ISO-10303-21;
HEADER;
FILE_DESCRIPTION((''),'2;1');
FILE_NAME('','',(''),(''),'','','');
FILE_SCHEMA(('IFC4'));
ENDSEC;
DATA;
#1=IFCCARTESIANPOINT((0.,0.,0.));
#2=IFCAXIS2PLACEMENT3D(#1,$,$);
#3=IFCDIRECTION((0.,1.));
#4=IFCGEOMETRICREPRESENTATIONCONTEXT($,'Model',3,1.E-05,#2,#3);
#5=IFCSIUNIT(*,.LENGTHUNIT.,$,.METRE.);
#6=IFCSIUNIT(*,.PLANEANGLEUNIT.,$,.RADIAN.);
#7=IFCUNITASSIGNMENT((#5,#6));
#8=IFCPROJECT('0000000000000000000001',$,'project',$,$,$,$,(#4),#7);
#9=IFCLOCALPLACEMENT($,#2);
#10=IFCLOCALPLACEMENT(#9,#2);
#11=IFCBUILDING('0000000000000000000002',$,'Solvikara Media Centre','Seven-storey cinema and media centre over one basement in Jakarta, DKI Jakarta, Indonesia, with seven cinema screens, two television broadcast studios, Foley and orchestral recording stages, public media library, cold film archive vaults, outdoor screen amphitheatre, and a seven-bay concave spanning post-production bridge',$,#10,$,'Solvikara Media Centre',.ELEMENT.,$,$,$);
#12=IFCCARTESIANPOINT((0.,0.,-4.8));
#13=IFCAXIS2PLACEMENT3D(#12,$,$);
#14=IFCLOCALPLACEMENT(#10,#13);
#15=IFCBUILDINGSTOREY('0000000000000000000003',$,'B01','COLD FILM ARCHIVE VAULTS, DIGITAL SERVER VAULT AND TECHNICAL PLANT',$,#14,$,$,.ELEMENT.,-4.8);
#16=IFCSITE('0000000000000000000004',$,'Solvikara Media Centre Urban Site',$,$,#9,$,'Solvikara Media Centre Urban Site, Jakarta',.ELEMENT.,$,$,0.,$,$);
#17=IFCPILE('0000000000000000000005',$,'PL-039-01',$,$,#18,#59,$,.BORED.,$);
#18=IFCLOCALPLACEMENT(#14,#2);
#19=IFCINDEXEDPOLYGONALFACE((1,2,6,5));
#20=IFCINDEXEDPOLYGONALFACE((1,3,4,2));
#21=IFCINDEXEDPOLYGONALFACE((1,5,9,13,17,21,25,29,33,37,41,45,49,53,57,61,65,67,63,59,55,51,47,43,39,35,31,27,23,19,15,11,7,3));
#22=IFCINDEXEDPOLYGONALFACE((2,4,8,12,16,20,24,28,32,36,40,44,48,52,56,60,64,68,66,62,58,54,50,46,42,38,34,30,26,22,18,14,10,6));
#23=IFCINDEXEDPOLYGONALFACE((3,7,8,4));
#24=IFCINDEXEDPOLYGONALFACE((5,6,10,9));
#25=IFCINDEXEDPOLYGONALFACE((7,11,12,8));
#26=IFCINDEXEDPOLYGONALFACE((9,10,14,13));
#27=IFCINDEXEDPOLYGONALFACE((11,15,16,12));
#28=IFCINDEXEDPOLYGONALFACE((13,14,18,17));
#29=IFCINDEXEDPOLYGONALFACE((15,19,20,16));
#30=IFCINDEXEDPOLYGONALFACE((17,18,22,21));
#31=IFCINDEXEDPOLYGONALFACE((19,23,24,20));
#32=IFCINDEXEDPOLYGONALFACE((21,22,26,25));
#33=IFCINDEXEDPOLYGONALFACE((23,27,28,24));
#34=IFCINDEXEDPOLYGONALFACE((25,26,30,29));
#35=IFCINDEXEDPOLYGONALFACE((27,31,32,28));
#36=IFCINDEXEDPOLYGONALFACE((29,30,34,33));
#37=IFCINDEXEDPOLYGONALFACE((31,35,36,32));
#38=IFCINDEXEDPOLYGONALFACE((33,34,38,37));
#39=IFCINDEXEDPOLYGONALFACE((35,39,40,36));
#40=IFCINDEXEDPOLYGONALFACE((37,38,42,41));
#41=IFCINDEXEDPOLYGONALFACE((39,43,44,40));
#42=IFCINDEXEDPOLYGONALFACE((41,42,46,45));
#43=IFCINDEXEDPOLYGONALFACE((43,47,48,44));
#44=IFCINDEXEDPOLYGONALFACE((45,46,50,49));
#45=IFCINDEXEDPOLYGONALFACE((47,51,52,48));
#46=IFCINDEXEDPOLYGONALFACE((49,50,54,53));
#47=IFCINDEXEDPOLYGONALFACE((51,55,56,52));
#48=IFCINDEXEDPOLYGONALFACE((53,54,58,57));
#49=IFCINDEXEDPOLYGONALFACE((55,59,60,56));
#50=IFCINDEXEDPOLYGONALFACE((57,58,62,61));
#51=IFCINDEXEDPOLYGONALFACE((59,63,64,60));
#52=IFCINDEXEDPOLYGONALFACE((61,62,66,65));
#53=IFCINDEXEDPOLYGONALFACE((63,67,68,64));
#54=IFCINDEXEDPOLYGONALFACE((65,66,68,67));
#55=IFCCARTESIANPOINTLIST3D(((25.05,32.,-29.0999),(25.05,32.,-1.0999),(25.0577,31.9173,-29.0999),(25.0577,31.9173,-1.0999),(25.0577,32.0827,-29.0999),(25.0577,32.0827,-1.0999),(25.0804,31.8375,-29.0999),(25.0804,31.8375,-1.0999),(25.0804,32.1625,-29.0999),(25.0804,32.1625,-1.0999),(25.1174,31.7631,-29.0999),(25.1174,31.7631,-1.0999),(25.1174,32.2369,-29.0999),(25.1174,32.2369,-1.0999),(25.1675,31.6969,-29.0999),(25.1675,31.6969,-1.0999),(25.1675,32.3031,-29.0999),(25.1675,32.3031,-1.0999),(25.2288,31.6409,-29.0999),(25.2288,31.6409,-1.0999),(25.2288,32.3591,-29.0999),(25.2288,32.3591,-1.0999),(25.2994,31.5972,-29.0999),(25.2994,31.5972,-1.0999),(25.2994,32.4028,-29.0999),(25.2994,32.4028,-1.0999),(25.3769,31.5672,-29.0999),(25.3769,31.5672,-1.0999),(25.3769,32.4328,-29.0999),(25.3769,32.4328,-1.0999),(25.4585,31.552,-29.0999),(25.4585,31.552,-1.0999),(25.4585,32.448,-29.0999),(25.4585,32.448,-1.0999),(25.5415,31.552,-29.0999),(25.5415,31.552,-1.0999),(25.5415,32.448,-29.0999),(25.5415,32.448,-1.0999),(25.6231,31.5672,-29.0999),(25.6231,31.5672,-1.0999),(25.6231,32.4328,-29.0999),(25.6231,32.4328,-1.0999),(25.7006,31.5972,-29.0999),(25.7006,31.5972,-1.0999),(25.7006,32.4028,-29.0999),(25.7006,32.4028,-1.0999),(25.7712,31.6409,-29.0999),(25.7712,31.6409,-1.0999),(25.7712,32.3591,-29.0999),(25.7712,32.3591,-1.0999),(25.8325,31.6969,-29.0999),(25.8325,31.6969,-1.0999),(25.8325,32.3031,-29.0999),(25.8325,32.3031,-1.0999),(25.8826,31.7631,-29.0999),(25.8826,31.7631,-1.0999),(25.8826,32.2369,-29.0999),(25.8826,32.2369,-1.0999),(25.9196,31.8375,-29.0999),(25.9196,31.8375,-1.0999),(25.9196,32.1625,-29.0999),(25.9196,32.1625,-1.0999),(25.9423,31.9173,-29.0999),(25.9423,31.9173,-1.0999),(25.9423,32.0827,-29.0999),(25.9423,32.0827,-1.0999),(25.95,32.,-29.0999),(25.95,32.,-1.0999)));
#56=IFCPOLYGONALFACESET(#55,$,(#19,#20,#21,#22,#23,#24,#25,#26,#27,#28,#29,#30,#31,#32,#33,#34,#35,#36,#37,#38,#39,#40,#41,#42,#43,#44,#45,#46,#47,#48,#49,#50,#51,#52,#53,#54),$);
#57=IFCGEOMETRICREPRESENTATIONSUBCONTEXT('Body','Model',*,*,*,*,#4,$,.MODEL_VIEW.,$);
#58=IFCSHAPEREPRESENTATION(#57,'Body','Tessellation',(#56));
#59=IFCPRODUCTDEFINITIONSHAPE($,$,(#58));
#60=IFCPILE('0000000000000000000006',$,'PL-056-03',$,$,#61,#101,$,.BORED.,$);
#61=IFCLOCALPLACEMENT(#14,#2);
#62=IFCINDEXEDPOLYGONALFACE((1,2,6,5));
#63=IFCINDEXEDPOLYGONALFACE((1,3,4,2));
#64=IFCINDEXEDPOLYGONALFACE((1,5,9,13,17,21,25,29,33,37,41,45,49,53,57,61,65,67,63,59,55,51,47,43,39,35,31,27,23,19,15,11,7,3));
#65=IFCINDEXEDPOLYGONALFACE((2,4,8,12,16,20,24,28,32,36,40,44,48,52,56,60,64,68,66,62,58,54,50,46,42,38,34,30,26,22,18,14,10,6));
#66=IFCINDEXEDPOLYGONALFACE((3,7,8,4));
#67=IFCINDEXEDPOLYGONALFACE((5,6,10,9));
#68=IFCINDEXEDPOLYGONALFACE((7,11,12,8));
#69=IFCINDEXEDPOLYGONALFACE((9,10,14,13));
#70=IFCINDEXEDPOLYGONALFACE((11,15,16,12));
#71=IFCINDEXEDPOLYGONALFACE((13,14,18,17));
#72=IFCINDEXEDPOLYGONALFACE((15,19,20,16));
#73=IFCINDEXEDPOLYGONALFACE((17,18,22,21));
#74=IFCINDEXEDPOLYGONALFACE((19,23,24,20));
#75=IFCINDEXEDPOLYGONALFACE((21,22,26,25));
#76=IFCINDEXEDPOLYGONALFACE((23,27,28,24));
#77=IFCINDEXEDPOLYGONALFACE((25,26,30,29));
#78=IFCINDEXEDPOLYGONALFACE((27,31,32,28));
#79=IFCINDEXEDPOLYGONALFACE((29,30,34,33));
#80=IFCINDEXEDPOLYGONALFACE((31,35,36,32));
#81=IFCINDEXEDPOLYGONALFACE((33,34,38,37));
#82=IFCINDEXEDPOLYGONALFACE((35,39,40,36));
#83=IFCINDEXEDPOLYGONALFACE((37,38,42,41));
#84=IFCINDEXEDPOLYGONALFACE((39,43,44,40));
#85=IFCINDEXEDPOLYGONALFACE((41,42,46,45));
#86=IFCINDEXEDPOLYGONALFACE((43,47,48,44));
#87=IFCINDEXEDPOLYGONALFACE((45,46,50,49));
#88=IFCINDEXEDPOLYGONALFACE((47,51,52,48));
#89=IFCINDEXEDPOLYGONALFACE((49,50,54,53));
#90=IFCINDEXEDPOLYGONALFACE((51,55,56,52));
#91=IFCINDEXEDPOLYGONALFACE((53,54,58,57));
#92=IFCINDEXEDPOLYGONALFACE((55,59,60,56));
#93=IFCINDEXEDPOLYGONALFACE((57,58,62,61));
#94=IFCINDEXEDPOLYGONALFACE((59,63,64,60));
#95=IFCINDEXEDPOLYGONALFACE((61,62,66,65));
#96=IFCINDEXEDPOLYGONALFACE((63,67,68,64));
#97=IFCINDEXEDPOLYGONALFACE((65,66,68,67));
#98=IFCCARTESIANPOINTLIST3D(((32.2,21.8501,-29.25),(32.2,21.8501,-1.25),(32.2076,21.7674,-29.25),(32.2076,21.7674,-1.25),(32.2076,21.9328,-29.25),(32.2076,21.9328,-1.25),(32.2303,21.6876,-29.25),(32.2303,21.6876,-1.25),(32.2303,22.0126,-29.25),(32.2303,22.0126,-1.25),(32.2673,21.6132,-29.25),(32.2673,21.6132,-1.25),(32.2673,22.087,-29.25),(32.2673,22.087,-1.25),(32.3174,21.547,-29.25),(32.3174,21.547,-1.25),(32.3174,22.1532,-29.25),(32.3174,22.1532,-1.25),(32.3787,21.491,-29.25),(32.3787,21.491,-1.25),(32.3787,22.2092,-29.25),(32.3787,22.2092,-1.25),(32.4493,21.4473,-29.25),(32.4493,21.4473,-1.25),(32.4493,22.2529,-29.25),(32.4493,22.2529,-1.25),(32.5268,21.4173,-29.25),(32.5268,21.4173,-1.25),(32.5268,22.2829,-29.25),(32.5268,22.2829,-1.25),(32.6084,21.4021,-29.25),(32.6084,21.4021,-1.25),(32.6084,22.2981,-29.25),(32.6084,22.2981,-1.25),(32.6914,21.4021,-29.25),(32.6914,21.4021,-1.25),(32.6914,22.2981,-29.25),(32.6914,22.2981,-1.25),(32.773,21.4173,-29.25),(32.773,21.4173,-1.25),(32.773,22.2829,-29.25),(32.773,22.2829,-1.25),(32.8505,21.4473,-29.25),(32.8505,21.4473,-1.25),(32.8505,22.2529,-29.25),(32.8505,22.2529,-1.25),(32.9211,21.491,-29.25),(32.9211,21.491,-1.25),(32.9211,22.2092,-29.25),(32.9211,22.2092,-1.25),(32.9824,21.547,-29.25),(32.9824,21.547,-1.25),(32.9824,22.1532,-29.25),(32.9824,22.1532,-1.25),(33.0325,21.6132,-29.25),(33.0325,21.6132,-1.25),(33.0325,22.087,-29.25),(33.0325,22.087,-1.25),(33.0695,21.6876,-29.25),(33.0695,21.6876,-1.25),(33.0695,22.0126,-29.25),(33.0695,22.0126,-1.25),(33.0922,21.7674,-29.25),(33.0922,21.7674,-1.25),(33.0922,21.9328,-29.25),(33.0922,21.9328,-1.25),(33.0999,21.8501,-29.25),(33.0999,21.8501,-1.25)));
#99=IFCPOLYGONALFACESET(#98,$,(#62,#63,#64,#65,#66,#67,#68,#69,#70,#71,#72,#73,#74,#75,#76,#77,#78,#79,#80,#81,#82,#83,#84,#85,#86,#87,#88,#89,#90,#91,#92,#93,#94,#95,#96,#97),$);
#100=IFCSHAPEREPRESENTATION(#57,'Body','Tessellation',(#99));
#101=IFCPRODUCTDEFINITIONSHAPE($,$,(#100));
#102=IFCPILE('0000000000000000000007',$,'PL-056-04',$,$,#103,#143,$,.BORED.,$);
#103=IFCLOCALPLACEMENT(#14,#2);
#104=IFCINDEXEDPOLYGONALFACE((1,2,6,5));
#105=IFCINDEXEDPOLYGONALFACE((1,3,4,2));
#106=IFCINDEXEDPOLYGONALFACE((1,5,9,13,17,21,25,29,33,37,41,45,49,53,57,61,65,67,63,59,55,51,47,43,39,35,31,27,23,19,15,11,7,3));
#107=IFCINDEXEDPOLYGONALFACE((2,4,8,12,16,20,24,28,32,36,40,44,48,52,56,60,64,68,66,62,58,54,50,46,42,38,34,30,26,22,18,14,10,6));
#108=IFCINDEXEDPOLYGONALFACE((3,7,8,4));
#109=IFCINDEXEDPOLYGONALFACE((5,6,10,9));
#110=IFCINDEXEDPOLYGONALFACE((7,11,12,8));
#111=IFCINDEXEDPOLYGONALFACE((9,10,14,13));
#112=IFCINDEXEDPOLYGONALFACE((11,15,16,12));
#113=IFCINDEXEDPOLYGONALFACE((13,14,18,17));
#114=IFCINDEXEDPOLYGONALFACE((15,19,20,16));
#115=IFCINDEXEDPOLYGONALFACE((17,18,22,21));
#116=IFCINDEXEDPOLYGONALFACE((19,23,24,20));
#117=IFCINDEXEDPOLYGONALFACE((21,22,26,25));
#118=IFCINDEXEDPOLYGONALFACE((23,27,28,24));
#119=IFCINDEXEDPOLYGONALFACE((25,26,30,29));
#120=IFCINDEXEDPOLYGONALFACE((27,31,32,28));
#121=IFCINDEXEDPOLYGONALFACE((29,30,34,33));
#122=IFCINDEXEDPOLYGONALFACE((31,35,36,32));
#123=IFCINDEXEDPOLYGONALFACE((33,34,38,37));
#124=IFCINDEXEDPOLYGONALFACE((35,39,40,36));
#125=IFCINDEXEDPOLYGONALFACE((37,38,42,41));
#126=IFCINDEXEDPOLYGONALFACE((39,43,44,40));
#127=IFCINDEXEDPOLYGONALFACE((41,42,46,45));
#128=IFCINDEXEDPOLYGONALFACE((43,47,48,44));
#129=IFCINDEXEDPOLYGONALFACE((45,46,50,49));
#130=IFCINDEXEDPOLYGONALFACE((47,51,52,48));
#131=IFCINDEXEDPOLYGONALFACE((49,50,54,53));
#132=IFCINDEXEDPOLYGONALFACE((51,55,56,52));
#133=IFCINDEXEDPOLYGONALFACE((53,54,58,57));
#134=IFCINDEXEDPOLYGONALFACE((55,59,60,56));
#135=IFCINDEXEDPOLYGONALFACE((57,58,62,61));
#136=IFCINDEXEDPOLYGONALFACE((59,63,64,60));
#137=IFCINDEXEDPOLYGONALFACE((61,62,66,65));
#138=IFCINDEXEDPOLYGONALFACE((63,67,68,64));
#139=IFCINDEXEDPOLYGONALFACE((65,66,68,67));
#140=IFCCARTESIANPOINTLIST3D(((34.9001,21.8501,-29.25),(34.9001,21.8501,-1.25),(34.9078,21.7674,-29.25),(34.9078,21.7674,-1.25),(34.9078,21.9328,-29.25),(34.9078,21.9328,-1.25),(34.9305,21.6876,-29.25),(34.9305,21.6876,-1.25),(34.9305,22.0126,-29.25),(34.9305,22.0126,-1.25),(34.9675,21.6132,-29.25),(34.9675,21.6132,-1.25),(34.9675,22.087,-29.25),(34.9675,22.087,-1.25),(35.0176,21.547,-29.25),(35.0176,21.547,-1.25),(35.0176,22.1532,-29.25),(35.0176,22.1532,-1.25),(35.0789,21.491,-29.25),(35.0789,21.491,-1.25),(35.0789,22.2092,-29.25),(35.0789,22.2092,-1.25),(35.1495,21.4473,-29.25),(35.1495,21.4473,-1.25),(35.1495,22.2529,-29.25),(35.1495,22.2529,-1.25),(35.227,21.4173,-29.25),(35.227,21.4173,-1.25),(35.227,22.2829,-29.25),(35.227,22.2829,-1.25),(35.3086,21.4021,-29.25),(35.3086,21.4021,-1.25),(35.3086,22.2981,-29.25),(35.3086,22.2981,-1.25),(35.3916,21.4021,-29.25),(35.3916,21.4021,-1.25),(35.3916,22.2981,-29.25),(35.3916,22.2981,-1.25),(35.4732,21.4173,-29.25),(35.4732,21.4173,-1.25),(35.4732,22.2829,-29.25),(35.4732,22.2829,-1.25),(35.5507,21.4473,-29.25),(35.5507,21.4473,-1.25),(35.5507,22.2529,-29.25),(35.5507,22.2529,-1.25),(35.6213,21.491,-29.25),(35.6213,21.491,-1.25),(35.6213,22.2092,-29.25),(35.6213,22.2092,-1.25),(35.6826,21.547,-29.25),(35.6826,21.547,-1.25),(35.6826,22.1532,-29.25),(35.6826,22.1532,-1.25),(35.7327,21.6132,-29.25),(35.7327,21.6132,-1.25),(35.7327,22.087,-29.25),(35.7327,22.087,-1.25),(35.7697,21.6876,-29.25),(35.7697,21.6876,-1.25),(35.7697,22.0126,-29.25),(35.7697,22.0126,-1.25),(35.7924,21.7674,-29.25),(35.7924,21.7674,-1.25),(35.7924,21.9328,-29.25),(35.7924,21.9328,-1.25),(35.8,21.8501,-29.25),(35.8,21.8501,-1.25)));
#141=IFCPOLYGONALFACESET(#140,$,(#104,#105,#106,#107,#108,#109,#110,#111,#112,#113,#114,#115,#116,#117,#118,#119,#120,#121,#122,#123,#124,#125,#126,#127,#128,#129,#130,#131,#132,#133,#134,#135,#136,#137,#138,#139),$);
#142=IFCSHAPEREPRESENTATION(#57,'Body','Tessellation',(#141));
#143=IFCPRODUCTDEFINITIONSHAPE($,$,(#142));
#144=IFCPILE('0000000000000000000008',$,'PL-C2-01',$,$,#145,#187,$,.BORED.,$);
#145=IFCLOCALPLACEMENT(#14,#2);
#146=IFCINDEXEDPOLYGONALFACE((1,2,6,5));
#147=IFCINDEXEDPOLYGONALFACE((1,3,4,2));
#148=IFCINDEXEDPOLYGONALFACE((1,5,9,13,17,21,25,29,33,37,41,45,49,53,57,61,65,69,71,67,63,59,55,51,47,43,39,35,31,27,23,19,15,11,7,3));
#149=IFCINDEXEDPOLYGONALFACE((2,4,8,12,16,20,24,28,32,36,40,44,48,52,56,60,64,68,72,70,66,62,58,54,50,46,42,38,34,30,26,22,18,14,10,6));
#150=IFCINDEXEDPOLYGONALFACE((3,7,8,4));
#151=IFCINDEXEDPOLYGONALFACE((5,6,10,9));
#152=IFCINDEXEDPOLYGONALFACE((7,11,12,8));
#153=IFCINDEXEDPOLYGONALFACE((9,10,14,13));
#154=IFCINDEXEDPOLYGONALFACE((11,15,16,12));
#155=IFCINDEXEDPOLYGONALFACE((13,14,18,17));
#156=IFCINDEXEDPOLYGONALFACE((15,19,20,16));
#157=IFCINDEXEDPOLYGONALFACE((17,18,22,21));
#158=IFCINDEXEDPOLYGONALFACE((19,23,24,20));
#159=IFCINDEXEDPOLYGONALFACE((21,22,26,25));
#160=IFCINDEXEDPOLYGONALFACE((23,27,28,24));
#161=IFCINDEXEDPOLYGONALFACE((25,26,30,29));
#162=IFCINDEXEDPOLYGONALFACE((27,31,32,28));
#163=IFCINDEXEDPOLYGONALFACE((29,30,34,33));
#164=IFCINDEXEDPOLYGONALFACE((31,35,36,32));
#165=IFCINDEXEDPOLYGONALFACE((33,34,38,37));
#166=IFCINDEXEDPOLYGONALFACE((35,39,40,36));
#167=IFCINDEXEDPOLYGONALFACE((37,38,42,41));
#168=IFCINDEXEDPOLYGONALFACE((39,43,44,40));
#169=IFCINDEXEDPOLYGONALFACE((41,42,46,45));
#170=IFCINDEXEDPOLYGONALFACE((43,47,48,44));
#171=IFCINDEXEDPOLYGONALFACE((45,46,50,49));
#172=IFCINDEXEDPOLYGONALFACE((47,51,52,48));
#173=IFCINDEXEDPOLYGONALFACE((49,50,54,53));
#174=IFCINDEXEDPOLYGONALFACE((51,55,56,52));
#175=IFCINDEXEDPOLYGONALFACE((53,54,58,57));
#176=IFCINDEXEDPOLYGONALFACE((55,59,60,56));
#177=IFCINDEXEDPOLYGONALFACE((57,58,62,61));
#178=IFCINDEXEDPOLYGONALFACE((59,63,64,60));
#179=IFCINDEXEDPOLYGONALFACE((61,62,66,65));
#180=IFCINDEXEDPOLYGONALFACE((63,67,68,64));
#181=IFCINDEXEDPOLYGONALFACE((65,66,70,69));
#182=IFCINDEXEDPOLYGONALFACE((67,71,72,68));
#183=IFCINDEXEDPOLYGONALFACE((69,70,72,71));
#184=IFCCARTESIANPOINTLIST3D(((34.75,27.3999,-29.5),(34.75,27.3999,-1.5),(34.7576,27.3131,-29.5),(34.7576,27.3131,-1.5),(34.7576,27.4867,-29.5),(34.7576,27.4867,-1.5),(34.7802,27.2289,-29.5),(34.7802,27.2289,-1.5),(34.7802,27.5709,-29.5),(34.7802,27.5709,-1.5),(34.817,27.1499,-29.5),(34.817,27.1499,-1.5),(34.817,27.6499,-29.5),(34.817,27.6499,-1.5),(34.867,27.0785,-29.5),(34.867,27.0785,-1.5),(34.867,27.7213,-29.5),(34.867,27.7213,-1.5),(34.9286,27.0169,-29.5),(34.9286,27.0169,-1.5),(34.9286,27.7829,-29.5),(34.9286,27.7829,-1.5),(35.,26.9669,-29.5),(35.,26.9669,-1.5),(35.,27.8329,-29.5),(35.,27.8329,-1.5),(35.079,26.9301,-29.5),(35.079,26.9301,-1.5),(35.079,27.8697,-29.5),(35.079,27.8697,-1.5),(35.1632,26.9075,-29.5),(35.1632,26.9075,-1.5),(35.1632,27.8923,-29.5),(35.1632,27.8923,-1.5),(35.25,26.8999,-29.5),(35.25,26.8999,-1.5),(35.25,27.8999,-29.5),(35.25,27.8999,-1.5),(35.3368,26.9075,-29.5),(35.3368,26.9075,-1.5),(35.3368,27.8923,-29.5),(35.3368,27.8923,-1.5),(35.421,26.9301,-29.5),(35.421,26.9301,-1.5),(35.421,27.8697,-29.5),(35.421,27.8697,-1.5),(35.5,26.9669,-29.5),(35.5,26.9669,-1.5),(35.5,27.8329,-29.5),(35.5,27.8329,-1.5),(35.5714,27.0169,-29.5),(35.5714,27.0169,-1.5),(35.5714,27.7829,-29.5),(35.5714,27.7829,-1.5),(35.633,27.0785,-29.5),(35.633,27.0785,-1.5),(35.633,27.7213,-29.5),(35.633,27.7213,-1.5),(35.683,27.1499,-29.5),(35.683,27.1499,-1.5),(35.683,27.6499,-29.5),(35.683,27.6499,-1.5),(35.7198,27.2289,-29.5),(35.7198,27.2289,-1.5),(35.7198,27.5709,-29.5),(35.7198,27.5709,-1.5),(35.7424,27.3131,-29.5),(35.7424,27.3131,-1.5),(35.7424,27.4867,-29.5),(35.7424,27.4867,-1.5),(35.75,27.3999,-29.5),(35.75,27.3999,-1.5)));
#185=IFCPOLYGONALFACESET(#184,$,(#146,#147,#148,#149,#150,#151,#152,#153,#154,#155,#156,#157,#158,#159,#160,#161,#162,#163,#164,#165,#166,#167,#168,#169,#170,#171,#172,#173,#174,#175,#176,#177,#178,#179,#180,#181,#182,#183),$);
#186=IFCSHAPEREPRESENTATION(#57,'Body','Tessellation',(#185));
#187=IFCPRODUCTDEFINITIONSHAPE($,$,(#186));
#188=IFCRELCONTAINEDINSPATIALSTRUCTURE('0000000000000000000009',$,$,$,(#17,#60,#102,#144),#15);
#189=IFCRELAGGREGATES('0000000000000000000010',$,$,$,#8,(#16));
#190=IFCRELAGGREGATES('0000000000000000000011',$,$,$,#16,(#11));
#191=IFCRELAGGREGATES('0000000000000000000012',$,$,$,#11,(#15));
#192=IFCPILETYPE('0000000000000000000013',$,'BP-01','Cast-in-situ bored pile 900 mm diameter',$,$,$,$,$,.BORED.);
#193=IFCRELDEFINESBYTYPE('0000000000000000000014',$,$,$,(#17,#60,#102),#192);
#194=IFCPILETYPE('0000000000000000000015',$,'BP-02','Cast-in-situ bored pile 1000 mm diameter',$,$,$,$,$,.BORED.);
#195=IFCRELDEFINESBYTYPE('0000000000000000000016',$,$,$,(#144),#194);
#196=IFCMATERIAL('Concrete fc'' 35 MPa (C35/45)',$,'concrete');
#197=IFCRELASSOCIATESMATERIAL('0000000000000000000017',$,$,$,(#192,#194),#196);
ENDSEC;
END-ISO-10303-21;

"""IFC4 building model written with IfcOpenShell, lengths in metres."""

from ifc_helpers import new_model, si_unit, direction, frame, origin, origin_2d, place, context, subcontext, project, spatial, circle, extrude, material, material_profile, profile_set, type_object, element, save


model = new_model("IFC4")

# Units and contexts
model_context = context("Model", 3, precision=1e-05, world=origin(), true_north=direction((0.0, 1.0)))
body_context = subcontext(model_context, "Body", "Model", "MODEL_VIEW")
ifc_project = project(units=[si_unit("LENGTHUNIT", "METRE"), si_unit("PLANEANGLEUNIT", "RADIAN")], contexts=[model_context])

# Site, building, storey
site_placement = place(None, origin())
site = spatial("IfcSite", under=ifc_project, at=site_placement, Name="Solvikara Media Centre Urban Site", LongName="Solvikara Media Centre Urban Site, Jakarta", CompositionType="ELEMENT", RefElevation=0.0)
building_placement = place(site_placement, origin())
building = spatial("IfcBuilding", under=site, at=building_placement, Name="Solvikara Media Centre", Description="Seven-storey cinema and media centre over one basement in Jakarta, DKI Jakarta, Indonesia, with seven cinema screens, two television broadcast studios, Foley and orchestral recording stages, public media library, cold film archive vaults, outdoor screen amphitheatre, and a seven-bay concave spanning post-production bridge", LongName="Solvikara Media Centre", CompositionType="ELEMENT")
storey_placement = place(building_placement, frame((0.0, 0.0, -4.8)))
storey = spatial("IfcBuildingStorey", under=building, at=storey_placement, Name="B01", Description="COLD FILM ARCHIVE VAULTS, DIGITAL SERVER VAULT AND TECHNICAL PLANT", CompositionType="ELEMENT", Elevation=-4.8)

# Piles
ifc_material_1 = material(Name="Concrete fc' 35 MPa (C35/45)", Category="concrete")
ifc_material_profile_1 = material_profile(ifc_material_1, circle(Radius=0.45, at=origin_2d()), Name="BORED PILE D900")
ifc_profile_set_1 = profile_set([ifc_material_profile_1], Name="Concrete fc' 35 MPa (C35/45)")
pile_type_1 = type_object("IfcPileType", Name="BP-01", Description="Cast-in-situ bored pile 900 mm diameter", PredefinedType="BORED", material=ifc_profile_set_1)
for number, where, z_axis, x_axis, name in (
    (1, (25.5, 32.0, -1.0999), (0.0, 0.0, -1.0), (1.0, 0.0, 0.0), "PL-039-01"),
    (2, (32.6499, 21.8501, -1.25), (0.0, 0.0, -1.0), (1.0, 0.0, 0.0), "PL-056-03"),
    (3, (35.3501, 21.8501, -1.25), (0.0, 0.0, -1.0), (1.0, 0.0, 0.0), "PL-056-04"),
):
    element("IfcPile", number, at=place(storey_placement, frame(where, z_axis=z_axis, x_axis=x_axis)), inside=storey, type_object=pile_type_1, Name=name, PredefinedType="BORED", context=body_context, shape_type="SweptSolid", body=[
        extrude(circle(Radius=0.45, at=origin_2d()), origin(), (0.0, 0.0, 1.0), 28.0),
    ])
ifc_material_profile_2 = material_profile(ifc_material_1, circle(Radius=0.5, at=origin_2d()), Name="BORED PILE D1000")
ifc_profile_set_2 = profile_set([ifc_material_profile_2], Name="Concrete fc' 35 MPa (C35/45)")
pile_type_2 = type_object("IfcPileType", Name="BP-02", Description="Cast-in-situ bored pile 1000 mm diameter", PredefinedType="BORED", material=ifc_profile_set_2)
for number, where, z_axis, x_axis, name in (
    (4, (35.25, 27.3999, -1.5), (0.0, 0.0, -1.0), (1.0, 0.0, 0.0), "PL-C2-01"),
):
    element("IfcPile", number, at=place(storey_placement, frame(where, z_axis=z_axis, x_axis=x_axis)), inside=storey, type_object=pile_type_2, Name=name, PredefinedType="BORED", context=body_context, shape_type="SweptSolid", body=[
        extrude(circle(Radius=0.5, at=origin_2d()), origin(), (0.0, 0.0, 1.0), 28.0),
    ])

save(model, "model.ifc")
